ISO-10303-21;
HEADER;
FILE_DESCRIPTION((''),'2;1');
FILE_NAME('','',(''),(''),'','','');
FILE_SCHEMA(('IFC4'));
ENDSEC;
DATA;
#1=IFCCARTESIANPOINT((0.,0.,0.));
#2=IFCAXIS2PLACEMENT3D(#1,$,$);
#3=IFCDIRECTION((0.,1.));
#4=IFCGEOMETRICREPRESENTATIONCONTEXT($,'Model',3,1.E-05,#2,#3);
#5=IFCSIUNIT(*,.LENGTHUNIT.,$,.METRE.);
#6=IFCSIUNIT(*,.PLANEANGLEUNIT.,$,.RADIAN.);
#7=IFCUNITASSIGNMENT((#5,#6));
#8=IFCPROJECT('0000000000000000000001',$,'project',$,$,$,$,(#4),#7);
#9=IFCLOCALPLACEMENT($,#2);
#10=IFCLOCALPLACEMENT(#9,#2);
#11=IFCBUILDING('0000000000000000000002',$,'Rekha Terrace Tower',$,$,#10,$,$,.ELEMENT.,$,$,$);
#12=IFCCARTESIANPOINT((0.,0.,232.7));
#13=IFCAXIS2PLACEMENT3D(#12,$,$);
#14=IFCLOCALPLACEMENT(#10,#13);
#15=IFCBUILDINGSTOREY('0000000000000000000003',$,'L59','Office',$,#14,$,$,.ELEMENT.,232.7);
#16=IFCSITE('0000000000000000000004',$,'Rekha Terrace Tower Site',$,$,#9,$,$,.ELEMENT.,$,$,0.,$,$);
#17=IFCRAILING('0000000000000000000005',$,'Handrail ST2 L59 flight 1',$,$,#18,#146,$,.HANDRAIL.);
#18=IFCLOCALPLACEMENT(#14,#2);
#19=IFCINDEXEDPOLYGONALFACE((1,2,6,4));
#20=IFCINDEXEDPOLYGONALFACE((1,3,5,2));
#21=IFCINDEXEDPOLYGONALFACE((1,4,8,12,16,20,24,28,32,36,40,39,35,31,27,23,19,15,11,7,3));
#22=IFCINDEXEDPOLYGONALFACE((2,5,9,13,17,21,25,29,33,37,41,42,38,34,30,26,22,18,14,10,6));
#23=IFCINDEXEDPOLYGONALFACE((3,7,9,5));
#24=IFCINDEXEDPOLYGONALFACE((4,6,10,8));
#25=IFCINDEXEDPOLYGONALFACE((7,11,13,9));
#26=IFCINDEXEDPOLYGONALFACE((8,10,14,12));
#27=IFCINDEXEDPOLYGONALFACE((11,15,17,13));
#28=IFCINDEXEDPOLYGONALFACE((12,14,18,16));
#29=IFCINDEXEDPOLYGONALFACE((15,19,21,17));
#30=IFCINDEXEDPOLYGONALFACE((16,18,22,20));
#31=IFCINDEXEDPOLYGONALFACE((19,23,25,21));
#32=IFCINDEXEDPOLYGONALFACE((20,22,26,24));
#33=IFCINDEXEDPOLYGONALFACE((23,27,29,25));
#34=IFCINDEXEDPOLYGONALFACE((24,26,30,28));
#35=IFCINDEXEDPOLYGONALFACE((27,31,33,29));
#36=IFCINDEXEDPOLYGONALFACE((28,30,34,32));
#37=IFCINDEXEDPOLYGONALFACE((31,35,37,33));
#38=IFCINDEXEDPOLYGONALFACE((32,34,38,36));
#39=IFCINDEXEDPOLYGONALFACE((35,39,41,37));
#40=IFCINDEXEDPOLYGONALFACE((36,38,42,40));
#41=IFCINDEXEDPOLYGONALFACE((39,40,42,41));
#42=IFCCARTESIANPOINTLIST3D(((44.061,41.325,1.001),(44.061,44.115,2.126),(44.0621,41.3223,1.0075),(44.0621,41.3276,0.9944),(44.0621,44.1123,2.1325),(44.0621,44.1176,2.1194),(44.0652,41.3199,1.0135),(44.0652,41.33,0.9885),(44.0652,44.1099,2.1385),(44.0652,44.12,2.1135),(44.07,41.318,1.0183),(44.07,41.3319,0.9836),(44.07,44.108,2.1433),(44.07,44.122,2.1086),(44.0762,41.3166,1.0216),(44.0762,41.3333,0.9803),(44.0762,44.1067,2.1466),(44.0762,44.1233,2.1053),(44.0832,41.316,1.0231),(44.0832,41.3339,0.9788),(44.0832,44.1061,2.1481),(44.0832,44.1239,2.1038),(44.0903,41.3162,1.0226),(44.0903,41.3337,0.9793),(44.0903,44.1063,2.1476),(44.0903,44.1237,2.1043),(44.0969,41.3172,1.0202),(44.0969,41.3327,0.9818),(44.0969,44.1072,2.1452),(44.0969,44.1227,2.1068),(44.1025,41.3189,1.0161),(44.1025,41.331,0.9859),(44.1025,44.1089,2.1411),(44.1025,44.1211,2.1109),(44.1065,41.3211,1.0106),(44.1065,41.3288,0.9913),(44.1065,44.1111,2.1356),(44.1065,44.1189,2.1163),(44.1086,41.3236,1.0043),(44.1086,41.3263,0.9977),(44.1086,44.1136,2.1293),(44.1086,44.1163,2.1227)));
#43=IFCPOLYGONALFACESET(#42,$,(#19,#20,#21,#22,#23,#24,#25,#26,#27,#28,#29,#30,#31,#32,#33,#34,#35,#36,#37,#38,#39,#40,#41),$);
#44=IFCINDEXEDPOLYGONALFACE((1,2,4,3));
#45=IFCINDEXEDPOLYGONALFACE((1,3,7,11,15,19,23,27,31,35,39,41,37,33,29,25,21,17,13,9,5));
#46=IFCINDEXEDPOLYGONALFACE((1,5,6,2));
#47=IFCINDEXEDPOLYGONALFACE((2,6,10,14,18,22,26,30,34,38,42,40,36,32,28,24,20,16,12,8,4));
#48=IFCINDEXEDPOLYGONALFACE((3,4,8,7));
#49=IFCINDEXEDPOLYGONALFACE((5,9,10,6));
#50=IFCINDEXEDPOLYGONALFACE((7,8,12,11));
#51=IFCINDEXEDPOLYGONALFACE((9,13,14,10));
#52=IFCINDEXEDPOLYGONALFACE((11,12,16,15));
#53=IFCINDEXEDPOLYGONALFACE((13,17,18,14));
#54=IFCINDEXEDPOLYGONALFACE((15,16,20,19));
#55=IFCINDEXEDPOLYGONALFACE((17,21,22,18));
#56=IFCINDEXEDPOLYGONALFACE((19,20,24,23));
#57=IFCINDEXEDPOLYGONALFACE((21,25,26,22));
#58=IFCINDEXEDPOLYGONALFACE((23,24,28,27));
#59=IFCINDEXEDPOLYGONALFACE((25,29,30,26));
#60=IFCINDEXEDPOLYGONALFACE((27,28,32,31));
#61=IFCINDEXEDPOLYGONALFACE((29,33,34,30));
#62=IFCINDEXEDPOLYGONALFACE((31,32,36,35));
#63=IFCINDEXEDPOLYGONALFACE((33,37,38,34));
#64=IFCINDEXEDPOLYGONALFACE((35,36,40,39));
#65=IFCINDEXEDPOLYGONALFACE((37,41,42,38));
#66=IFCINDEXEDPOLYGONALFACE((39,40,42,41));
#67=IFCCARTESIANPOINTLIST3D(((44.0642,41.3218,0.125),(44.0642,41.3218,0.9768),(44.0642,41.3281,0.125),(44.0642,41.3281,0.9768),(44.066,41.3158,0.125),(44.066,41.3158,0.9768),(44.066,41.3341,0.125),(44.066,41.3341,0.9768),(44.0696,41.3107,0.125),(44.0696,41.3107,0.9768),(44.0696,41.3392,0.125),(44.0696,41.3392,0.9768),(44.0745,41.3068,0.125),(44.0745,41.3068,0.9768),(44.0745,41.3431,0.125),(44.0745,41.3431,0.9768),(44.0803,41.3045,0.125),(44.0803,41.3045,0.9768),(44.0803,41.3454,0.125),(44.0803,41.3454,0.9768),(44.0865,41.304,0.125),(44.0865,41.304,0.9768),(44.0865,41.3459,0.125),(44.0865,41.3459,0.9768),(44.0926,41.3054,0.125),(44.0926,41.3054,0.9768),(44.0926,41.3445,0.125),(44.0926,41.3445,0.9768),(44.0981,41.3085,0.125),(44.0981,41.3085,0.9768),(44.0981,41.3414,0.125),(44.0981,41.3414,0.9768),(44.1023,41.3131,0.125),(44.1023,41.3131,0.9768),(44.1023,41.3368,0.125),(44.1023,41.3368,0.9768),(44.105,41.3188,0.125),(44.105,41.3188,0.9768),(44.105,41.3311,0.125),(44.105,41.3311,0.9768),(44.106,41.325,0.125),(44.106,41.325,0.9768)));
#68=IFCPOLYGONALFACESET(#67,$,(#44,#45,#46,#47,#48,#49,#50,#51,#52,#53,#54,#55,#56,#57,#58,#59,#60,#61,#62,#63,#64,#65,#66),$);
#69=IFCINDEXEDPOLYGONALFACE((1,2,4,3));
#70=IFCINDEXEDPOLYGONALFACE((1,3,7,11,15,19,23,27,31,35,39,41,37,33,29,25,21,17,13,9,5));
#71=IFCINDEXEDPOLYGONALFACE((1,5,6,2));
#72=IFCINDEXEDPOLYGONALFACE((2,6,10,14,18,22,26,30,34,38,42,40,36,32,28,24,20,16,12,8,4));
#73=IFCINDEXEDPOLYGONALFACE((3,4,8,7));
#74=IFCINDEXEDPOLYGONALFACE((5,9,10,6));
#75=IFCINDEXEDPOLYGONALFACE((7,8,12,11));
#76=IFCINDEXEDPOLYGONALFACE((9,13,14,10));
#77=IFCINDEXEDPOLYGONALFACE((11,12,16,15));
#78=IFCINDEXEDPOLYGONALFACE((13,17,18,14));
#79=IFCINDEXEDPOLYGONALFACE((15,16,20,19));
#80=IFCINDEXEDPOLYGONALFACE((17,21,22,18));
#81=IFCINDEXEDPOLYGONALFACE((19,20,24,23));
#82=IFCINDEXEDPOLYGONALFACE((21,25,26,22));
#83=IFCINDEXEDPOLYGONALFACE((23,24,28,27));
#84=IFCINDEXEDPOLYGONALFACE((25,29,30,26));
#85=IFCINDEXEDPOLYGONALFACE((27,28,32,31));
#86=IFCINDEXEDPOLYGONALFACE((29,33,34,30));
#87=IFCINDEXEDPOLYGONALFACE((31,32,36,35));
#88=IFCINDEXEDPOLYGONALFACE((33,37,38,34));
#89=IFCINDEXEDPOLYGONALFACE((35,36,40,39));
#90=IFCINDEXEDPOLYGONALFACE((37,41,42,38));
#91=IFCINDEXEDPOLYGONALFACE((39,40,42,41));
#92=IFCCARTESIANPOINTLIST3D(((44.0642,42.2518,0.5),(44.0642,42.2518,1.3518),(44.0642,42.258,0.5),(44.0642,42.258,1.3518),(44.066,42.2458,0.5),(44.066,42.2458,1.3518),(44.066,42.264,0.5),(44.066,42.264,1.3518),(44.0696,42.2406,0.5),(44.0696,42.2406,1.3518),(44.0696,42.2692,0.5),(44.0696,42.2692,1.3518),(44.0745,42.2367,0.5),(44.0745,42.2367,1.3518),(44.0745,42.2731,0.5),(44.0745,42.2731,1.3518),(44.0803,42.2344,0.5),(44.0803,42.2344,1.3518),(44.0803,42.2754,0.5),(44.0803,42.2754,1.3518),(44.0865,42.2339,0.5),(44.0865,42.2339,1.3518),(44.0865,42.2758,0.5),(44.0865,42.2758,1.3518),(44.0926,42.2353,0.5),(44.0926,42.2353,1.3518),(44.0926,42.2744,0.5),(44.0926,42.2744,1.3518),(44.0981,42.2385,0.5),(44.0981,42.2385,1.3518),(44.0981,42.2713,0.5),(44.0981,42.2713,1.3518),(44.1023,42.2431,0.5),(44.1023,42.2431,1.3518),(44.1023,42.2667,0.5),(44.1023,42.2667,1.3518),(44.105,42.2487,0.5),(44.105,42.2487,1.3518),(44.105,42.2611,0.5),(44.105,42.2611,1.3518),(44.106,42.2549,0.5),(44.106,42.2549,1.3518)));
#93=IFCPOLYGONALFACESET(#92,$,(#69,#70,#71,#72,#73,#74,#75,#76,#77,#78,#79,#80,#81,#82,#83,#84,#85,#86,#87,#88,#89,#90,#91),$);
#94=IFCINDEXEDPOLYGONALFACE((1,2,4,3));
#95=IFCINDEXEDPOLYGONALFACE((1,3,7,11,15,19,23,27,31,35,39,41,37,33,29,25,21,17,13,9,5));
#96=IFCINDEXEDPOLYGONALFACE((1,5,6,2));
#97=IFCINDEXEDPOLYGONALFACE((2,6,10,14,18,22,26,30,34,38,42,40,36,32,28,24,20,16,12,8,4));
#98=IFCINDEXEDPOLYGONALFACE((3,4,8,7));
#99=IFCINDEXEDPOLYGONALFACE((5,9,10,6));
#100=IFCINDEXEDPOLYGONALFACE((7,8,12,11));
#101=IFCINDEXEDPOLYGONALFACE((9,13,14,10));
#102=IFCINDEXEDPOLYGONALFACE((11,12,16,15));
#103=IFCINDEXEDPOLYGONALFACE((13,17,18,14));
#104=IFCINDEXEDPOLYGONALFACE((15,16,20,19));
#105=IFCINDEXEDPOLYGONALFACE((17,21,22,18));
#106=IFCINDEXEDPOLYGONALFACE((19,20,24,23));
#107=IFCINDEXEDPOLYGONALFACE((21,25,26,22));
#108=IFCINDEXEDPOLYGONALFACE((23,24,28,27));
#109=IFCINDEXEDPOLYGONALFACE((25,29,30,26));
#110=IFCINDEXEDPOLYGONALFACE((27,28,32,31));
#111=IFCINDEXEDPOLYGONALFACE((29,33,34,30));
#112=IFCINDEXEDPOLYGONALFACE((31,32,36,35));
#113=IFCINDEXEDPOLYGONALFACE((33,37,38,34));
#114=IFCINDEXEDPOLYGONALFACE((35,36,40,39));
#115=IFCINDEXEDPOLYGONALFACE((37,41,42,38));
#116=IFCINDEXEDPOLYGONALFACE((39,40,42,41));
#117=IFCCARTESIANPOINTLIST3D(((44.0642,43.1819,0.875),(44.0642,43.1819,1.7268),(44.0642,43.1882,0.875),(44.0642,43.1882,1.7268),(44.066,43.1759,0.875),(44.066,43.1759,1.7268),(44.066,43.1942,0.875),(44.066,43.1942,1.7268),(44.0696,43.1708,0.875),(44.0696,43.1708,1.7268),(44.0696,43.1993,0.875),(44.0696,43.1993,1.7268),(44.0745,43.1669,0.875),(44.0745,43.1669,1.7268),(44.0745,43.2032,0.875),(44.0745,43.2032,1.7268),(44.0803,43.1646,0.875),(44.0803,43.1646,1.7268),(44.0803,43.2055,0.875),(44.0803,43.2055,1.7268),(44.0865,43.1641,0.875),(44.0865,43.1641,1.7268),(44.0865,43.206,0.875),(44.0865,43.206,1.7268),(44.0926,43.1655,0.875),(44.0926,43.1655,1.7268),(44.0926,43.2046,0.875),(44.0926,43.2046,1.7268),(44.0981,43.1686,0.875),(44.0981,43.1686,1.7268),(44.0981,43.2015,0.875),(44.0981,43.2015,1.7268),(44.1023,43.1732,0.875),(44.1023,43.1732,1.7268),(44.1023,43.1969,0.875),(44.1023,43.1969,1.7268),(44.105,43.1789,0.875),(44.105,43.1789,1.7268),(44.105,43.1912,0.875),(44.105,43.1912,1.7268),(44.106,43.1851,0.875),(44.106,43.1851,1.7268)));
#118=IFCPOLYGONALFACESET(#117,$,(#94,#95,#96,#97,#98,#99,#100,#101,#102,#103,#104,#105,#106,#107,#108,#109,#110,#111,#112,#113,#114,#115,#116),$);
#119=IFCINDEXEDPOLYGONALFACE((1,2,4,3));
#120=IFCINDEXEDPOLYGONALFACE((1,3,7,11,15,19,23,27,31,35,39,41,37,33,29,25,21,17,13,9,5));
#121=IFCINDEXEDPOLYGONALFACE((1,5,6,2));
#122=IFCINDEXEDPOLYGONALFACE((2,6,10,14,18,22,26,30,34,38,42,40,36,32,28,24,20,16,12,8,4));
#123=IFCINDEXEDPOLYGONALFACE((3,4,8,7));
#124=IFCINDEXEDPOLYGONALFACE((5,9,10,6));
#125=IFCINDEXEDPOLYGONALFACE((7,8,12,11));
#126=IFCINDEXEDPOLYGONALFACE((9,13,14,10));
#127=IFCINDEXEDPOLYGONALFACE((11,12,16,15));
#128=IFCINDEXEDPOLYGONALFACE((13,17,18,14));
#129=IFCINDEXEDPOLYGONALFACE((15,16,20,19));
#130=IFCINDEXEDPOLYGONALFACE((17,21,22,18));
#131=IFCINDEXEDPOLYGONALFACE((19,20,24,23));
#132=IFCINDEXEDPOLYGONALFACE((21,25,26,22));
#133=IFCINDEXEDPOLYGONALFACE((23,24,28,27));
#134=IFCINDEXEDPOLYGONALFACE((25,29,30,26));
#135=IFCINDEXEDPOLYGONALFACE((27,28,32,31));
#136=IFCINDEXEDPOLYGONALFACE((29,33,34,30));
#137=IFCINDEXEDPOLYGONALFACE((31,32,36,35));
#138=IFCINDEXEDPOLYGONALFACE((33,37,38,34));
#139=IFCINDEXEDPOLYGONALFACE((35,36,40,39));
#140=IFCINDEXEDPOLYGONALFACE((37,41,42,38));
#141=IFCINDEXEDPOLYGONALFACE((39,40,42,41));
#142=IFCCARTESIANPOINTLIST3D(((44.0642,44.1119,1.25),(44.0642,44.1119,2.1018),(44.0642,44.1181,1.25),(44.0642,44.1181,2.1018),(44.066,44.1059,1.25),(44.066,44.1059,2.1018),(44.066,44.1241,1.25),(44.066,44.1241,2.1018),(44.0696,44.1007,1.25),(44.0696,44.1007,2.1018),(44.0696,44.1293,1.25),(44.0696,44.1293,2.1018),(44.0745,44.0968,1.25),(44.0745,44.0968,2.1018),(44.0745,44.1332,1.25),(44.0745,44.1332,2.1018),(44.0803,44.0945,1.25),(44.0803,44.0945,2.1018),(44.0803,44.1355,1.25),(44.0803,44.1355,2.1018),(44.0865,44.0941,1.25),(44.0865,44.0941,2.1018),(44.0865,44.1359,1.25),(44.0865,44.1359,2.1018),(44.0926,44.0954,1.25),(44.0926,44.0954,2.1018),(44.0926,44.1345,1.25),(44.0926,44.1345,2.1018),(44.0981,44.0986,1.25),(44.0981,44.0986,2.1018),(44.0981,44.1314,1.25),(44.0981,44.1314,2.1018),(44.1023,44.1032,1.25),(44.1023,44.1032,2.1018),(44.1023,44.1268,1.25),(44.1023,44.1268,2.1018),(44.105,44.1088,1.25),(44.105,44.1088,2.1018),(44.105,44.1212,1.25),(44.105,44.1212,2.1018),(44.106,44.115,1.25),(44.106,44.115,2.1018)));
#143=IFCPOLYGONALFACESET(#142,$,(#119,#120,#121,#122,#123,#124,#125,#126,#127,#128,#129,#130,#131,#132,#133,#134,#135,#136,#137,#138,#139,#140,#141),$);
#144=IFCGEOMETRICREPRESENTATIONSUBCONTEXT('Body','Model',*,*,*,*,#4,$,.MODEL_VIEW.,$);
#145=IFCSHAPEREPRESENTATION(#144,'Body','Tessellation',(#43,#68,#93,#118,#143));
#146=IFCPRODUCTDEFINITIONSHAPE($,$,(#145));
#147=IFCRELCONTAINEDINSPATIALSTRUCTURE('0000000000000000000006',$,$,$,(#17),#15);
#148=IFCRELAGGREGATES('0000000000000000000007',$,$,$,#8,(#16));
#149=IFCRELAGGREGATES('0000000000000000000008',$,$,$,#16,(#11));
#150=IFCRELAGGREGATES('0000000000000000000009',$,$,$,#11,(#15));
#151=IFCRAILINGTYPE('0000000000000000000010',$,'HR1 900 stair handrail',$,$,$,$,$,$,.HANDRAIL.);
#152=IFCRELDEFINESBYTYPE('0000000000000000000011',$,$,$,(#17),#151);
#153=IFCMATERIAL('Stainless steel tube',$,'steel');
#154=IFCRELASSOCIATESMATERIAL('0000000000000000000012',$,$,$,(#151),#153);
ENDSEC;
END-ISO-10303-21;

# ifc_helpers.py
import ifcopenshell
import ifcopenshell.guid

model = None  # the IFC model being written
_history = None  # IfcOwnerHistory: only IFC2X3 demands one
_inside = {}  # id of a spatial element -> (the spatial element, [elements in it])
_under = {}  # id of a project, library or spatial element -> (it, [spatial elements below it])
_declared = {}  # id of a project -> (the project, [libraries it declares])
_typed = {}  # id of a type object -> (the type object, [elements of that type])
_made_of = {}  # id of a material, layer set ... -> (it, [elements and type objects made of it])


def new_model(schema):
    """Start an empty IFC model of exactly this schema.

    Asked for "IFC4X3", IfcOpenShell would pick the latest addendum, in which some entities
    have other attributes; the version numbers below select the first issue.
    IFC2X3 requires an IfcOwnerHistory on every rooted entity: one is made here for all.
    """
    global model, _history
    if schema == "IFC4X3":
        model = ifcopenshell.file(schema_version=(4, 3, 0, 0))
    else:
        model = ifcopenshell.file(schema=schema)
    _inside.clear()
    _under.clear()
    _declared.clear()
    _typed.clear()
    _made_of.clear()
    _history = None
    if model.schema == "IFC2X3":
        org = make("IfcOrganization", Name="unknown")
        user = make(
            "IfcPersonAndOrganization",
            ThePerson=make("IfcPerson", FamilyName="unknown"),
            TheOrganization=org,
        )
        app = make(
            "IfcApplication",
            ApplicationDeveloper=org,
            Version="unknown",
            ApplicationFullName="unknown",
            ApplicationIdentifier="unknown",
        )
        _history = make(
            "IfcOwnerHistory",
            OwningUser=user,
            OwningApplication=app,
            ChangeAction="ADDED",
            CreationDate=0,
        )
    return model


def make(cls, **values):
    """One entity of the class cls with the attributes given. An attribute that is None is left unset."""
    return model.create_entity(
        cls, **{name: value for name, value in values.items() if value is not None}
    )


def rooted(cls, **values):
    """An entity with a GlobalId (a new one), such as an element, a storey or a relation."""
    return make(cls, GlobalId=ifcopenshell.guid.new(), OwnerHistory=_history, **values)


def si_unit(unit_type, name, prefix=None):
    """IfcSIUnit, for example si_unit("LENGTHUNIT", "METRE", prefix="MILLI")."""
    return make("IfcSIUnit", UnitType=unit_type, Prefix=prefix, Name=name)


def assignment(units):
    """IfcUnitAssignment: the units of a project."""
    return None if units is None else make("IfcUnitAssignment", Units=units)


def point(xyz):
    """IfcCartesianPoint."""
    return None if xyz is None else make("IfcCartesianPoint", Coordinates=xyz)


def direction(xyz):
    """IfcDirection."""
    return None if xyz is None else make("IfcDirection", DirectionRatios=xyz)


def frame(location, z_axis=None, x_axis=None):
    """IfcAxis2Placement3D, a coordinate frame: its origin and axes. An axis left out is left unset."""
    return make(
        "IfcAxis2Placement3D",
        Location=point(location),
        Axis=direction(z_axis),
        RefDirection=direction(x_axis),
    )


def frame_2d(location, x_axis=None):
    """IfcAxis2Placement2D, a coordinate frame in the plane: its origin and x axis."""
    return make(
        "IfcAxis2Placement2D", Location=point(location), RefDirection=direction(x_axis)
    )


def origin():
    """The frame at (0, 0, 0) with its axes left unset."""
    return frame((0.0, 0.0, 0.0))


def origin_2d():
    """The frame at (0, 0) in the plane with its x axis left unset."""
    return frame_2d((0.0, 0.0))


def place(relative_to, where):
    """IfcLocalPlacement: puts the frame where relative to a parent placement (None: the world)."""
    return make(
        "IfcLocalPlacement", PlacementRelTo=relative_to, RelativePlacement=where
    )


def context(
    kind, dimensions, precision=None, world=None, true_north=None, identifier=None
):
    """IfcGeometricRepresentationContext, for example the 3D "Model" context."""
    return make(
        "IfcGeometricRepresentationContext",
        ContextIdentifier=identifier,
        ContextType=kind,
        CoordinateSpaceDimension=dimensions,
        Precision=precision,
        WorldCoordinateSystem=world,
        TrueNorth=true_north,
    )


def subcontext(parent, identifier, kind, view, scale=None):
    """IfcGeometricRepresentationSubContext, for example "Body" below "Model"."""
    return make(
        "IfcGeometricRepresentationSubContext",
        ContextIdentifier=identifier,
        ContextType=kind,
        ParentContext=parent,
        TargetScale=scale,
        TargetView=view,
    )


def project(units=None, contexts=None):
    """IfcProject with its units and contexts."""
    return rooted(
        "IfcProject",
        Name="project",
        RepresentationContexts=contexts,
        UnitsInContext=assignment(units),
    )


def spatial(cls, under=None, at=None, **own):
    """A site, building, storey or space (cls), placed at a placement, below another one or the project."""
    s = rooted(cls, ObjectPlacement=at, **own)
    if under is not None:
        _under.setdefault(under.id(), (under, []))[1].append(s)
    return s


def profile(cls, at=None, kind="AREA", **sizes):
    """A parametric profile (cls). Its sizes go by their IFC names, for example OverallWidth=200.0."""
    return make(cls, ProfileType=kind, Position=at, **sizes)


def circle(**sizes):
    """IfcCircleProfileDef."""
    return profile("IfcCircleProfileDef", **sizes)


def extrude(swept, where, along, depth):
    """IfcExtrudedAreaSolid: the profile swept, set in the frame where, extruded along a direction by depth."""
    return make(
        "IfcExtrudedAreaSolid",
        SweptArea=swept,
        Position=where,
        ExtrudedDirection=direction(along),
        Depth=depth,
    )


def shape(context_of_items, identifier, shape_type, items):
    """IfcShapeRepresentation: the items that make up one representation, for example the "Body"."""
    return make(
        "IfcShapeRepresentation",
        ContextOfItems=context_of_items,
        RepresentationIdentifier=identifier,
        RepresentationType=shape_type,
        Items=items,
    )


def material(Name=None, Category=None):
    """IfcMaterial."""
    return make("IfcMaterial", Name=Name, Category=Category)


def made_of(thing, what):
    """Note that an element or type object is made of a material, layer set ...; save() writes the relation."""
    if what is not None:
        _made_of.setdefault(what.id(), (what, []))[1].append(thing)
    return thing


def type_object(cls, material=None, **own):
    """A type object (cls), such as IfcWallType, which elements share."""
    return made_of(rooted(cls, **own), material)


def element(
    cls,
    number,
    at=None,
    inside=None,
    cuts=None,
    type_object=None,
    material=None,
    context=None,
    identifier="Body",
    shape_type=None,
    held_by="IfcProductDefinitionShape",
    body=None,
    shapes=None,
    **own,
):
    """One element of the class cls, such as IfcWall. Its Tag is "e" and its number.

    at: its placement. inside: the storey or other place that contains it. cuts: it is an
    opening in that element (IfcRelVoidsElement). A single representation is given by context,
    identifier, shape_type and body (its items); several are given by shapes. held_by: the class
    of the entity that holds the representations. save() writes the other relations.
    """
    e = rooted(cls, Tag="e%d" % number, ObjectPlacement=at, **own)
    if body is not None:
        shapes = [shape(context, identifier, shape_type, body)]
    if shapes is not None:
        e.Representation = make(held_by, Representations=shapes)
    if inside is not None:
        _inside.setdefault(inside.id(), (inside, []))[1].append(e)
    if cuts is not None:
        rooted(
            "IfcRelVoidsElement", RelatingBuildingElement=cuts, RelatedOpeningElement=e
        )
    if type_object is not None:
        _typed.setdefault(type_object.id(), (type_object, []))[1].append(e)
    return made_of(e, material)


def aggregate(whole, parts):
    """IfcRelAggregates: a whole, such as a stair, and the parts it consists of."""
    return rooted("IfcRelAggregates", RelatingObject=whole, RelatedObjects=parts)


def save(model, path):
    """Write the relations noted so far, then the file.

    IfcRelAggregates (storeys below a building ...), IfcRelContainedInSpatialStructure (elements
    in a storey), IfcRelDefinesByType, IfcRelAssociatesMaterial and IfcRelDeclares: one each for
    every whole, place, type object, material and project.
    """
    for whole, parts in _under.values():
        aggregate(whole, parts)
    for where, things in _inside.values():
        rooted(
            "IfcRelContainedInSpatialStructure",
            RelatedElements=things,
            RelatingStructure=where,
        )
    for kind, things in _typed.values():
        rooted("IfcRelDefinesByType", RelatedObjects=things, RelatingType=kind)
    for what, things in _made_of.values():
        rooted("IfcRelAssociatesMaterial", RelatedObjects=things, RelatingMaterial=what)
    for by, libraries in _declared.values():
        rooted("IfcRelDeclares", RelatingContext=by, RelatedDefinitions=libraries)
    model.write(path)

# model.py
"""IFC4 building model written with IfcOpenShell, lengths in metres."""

from ifc_helpers import new_model, si_unit, direction, frame, origin, origin_2d, place, context, subcontext, project, spatial, circle, extrude, material, type_object, element, save


model = new_model("IFC4")

# Units and contexts
model_context = context("Model", 3, precision=1e-05, world=origin(), true_north=direction((0.0, 1.0)))
body_context = subcontext(model_context, "Body", "Model", "MODEL_VIEW")
ifc_project = project(units=[si_unit("LENGTHUNIT", "METRE"), si_unit("PLANEANGLEUNIT", "RADIAN")], contexts=[model_context])

# Site, building, storey
site_placement = place(None, origin())
site = spatial("IfcSite", under=ifc_project, at=site_placement, Name="Rekha Terrace Tower Site", CompositionType="ELEMENT", RefElevation=0.0)
building_placement = place(site_placement, origin())
building = spatial("IfcBuilding", under=site, at=building_placement, Name="Rekha Terrace Tower", CompositionType="ELEMENT")
storey_placement = place(building_placement, frame((0.0, 0.0, 232.7)))
storey = spatial("IfcBuildingStorey", under=building, at=storey_placement, Name="L59", Description="Office", CompositionType="ELEMENT", Elevation=232.7)

# Railing
ifc_material_1 = material(Name="Stainless steel tube", Category="steel")
railing_type_1 = type_object("IfcRailingType", Name="HR1 900 stair handrail", PredefinedType="HANDRAIL", material=ifc_material_1)
railing_1_placement = place(storey_placement, frame((44.085, 41.325, 0.125)))
element("IfcRailing", 1, at=railing_1_placement, inside=storey, type_object=railing_type_1, Name="Handrail ST2 L59 flight 1", PredefinedType="HANDRAIL", context=body_context, shape_type="SweptSolid", body=[
    extrude(circle(Radius=0.0239, at=origin_2d()), frame((0.0, 0.0, 0.876), z_axis=(0.0, 0.927443, 0.373964), x_axis=(-1.0, 0.0, 0.0)), (0.0, 0.0, 1.0), 3.0083),
    extrude(circle(Radius=0.021, at=origin_2d()), origin(), (0.0, 0.0, 1.0), 0.8518),
    extrude(circle(Radius=0.021, at=origin_2d()), frame((0.0, 0.9299, 0.375)), (0.0, 0.0, 1.0), 0.8518),
    extrude(circle(Radius=0.021, at=origin_2d()), frame((0.0, 1.8601, 0.75)), (0.0, 0.0, 1.0), 0.8518),
    extrude(circle(Radius=0.021, at=origin_2d()), frame((0.0, 2.79, 1.125)), (0.0, 0.0, 1.0), 0.8518),
])

save(model, "model.ifc")
